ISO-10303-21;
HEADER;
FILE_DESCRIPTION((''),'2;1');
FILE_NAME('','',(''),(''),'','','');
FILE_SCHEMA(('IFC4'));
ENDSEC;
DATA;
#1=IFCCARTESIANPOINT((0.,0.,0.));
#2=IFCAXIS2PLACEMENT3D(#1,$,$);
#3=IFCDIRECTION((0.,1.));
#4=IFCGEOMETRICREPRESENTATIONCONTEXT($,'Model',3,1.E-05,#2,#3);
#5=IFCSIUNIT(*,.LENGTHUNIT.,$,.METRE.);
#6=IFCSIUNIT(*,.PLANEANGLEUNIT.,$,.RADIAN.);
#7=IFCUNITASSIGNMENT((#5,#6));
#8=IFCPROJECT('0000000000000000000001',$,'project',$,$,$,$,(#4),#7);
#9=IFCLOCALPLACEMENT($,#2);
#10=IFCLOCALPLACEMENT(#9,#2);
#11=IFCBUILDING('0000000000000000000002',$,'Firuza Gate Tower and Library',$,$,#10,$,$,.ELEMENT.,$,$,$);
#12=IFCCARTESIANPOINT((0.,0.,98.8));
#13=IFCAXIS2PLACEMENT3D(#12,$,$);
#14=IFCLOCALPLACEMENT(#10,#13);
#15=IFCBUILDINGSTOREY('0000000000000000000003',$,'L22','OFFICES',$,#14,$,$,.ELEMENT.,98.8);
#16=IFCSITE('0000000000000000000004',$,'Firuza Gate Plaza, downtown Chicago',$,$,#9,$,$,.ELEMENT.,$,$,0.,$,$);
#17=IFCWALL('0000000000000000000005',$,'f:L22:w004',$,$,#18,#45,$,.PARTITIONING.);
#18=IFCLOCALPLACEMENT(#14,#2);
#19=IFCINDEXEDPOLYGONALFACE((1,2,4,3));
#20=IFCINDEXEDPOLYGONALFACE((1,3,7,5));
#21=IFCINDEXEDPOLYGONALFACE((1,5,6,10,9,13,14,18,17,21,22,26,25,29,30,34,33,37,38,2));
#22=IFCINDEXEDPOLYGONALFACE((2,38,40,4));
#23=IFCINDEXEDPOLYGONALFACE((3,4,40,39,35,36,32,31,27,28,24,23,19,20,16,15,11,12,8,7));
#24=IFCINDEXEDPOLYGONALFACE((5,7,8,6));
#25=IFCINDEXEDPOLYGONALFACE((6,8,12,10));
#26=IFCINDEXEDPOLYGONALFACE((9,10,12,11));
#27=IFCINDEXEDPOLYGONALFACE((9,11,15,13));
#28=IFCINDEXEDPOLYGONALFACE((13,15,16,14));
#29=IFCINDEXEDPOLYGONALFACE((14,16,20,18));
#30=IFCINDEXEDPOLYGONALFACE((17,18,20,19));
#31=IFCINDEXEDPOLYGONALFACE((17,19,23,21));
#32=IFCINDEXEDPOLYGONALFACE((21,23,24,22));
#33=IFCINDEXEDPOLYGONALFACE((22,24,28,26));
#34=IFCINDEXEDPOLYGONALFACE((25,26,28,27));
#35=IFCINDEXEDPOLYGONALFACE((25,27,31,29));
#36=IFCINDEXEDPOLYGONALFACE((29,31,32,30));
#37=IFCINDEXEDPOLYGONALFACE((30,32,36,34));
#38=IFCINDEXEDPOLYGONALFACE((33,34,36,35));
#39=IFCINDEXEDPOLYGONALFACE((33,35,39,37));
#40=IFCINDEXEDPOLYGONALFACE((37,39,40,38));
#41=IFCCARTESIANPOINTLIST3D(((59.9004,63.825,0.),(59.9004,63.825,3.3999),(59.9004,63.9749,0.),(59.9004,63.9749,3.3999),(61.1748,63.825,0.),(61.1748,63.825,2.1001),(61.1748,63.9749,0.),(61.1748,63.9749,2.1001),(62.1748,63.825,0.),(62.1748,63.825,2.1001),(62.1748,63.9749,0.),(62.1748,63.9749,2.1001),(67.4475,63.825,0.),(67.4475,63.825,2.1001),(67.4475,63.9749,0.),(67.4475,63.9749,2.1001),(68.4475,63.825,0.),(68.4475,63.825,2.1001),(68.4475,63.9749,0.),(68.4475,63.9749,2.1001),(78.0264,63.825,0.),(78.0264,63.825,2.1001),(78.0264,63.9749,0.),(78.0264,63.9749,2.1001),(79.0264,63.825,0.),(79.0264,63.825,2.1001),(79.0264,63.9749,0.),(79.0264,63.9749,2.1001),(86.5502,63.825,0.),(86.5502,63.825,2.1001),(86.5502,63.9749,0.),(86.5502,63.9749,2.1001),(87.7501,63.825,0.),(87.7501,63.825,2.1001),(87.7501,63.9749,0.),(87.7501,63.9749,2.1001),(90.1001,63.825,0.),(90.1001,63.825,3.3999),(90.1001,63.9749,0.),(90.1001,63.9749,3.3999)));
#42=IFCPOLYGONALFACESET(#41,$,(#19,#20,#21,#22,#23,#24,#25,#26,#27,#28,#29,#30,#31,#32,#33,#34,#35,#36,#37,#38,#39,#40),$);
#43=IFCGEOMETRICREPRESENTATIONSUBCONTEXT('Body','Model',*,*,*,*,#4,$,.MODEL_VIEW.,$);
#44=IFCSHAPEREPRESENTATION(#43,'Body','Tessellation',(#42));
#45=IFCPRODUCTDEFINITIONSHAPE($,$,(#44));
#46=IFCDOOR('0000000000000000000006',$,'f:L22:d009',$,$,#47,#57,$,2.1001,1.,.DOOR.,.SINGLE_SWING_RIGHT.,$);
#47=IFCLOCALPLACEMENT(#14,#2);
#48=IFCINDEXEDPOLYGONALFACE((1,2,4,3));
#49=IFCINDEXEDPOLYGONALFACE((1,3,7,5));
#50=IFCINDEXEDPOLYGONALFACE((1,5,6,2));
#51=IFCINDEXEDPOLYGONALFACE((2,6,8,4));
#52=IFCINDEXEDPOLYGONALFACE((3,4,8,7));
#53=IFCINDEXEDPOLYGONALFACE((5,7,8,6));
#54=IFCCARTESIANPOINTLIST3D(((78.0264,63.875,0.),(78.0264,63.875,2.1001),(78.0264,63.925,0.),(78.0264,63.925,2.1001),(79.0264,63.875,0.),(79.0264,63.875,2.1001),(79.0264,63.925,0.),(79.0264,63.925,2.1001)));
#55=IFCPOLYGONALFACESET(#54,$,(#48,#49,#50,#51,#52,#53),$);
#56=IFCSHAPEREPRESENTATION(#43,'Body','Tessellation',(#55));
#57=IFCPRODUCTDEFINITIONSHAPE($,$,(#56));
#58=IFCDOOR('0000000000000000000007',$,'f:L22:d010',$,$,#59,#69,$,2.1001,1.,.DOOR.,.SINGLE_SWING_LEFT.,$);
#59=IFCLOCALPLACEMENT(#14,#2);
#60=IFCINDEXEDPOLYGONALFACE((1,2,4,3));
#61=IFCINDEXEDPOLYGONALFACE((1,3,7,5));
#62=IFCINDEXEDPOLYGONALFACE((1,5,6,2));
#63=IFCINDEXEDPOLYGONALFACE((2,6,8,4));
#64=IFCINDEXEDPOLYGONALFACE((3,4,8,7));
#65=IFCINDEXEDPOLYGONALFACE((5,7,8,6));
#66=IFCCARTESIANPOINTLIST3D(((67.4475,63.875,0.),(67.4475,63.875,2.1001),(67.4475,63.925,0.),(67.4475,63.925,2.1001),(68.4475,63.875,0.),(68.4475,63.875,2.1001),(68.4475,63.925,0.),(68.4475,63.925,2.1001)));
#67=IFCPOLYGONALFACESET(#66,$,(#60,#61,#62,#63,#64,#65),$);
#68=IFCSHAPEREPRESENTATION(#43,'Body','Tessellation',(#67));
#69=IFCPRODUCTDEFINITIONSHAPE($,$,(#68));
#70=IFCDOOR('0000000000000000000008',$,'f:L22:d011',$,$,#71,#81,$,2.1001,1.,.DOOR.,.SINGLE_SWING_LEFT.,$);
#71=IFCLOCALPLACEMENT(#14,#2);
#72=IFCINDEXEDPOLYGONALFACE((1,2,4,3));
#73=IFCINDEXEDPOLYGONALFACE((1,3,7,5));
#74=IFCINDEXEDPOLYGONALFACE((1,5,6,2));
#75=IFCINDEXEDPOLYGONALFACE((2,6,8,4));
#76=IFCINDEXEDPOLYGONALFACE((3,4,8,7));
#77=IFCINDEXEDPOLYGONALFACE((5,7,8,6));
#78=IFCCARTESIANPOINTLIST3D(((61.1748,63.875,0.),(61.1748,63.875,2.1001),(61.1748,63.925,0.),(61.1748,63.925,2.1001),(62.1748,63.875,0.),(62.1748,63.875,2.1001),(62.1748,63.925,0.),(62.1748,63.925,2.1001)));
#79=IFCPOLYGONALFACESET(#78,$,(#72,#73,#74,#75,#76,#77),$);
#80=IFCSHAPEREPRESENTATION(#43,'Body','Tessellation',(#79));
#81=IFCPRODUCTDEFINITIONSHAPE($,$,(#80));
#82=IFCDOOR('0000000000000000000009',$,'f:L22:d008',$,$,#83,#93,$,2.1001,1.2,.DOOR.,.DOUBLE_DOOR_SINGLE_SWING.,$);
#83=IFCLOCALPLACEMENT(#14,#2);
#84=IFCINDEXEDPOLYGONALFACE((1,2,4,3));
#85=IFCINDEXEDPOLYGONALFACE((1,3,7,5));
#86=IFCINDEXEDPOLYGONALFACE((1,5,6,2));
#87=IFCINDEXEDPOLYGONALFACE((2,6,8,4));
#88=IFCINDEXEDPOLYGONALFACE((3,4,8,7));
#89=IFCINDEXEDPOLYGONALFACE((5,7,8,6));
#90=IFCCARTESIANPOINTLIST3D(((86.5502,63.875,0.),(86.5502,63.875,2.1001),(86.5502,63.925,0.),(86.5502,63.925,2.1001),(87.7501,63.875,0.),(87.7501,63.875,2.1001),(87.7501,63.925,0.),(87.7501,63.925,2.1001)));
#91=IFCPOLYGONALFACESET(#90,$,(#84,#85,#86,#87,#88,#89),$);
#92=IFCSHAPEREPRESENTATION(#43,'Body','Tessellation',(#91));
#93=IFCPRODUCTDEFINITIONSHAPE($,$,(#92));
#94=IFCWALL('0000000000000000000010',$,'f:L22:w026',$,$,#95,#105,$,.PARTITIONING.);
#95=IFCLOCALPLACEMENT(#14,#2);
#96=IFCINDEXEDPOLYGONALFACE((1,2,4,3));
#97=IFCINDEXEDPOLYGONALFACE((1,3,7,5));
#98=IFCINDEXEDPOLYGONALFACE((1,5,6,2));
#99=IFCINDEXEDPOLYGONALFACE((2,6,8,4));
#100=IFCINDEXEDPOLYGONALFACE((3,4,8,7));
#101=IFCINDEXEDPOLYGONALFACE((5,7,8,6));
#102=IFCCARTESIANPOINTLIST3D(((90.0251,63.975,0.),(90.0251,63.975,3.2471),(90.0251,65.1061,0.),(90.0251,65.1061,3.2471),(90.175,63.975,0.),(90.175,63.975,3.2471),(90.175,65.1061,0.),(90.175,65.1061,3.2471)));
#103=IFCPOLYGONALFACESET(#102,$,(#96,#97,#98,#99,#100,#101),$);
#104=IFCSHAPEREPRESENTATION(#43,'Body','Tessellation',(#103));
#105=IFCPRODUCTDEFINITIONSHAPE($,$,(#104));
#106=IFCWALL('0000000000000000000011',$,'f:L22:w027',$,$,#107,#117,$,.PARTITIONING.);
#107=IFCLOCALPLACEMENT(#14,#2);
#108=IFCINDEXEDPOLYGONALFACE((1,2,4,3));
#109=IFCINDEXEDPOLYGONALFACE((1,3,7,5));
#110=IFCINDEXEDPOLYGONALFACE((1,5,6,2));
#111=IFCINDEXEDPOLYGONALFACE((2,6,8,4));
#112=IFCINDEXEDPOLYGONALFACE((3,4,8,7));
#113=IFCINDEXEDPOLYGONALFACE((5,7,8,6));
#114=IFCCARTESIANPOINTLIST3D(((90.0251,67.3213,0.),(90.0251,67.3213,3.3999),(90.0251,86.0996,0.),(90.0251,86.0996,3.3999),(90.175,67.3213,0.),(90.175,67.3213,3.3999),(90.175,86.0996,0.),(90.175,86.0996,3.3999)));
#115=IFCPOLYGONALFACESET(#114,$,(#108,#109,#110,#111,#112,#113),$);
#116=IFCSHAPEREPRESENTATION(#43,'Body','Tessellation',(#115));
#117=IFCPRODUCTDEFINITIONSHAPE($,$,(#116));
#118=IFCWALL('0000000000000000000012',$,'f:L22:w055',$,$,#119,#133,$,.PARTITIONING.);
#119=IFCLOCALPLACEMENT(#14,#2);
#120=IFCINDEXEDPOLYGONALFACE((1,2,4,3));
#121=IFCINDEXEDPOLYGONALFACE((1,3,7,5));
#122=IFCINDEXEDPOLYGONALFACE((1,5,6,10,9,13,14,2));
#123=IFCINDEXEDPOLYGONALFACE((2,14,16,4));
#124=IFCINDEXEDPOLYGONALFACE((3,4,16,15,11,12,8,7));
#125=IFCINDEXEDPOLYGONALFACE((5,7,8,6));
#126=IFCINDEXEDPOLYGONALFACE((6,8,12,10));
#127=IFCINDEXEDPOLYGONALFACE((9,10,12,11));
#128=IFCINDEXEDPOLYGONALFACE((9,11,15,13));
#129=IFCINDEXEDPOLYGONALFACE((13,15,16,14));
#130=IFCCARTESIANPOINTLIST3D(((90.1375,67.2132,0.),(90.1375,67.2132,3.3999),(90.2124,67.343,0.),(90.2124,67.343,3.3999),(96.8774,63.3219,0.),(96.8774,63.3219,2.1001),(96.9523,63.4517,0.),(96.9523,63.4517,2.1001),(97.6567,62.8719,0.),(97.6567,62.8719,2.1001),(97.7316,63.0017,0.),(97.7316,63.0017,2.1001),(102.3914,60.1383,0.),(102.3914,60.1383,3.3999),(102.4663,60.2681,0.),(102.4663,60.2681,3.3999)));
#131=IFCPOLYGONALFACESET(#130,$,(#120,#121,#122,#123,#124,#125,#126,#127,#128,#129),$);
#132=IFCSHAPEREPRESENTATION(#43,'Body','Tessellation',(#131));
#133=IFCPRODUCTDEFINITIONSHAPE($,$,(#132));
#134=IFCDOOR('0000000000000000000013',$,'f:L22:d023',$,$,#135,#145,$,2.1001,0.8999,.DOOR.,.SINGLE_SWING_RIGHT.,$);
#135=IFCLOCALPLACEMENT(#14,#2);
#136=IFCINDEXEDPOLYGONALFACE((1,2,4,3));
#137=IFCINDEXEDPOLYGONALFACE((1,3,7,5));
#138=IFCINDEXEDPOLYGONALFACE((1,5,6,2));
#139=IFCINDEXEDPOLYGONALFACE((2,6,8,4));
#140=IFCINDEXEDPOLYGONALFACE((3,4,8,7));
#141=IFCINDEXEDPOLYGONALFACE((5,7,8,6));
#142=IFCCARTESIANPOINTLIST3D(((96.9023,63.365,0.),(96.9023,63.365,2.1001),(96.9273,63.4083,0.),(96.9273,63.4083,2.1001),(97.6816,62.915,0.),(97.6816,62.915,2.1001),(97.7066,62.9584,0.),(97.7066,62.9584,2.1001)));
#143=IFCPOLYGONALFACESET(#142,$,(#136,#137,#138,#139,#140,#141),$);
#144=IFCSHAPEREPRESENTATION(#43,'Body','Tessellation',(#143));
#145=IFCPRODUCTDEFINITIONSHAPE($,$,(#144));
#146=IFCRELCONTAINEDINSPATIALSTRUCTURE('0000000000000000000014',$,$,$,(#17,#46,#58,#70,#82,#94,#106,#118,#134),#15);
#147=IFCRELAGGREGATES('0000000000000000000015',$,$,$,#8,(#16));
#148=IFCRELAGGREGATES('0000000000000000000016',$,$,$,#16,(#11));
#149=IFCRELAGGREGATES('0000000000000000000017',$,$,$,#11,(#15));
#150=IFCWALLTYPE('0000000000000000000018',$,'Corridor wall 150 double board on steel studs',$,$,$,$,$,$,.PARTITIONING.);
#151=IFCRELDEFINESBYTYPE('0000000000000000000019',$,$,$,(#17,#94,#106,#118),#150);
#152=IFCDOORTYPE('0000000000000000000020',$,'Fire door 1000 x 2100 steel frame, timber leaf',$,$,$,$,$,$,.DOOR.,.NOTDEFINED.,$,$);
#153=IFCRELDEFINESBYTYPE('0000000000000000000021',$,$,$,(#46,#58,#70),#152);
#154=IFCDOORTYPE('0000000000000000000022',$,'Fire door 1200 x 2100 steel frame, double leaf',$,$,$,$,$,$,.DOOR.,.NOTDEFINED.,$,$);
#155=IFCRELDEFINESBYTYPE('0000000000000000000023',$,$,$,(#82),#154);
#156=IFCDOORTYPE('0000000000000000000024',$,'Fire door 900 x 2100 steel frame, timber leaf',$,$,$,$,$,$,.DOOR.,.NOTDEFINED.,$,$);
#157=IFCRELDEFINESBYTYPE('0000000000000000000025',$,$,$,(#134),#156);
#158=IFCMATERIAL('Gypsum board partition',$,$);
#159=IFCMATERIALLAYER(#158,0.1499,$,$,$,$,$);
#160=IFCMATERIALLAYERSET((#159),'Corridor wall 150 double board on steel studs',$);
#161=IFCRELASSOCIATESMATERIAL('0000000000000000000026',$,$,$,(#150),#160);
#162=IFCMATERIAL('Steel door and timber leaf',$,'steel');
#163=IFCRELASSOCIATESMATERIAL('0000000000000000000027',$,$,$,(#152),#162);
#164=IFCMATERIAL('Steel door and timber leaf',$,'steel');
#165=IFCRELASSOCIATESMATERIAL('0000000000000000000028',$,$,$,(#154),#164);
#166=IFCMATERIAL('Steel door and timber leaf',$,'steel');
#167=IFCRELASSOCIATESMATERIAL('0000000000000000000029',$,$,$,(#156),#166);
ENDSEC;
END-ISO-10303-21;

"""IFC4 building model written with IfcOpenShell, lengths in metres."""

from ifc_helpers import new_model, si_unit, direction, frame, frame_2d, origin, place, context, subcontext, project, spatial, rectangle, extrude, material, layer, layer_set, type_object, element, fill, save


model = new_model("IFC4")

# Units and contexts
model_context = context("Model", 3, precision=1e-05, world=origin(), true_north=direction((0.0, 1.0)))
body_context = subcontext(model_context, "Body", "Model", "MODEL_VIEW")
ifc_project = project(units=[si_unit("LENGTHUNIT", "METRE"), si_unit("PLANEANGLEUNIT", "RADIAN")], contexts=[model_context])

# Site, building, storey
site_placement = place(None, origin())
site = spatial("IfcSite", under=ifc_project, at=site_placement, Name="Firuza Gate Plaza, downtown Chicago", CompositionType="ELEMENT", RefElevation=0.0)
building_placement = place(site_placement, origin())
building = spatial("IfcBuilding", under=site, at=building_placement, Name="Firuza Gate Tower and Library", CompositionType="ELEMENT")
storey_placement = place(building_placement, frame((0.0, 0.0, 98.8)))
storey = spatial("IfcBuildingStorey", under=building, at=storey_placement, Name="L22", Description="OFFICES", CompositionType="ELEMENT", Elevation=98.8)

# Wall, openings, doors
ifc_material_1 = material(Name="Gypsum board partition")
ifc_layer_1 = layer(ifc_material_1, 0.1499)
ifc_layer_set_1 = layer_set([ifc_layer_1], Name="Corridor wall 150 double board on steel studs")
wall_type_1 = type_object("IfcWallType", Name="Corridor wall 150 double board on steel studs", PredefinedType="PARTITIONING", material=ifc_layer_set_1)
wall_1_placement = place(storey_placement, frame((90.1001, 63.8999, 0.0), z_axis=(0.0, 0.0, 1.0), x_axis=(-1.0, 0.0, 0.0)))
wall_1 = element("IfcWall", 1, at=wall_1_placement, inside=storey, type_object=wall_type_1, Name="f:L22:w004", PredefinedType="PARTITIONING", context=body_context, shape_type="SweptSolid", body=[
    extrude(rectangle(XDim=30.1997, YDim=0.1499, at=frame_2d((15.0999, 0.0))), origin(), (0.0, 0.0, 1.0), 3.3999),
])
opening_1_placement = place(wall_1_placement, frame((2.3499, 0.0, 0.0)))
opening_1 = element("IfcOpeningElement", 2, at=opening_1_placement, cuts=wall_1, PredefinedType="OPENING", context=body_context, shape_type="SweptSolid", body=[
    extrude(rectangle(XDim=1.2, YDim=2.1001, at=frame_2d((0.6001, 1.05))), frame((0.0, 0.085, 0.0), z_axis=(0.0, -1.0, 0.0), x_axis=(1.0, 0.0, 0.0)), (0.0, 0.0, 1.0), 0.1699),
])
opening_2_placement = place(wall_1_placement, frame((11.0737, 0.0, 0.0)))
opening_2 = element("IfcOpeningElement", 3, at=opening_2_placement, cuts=wall_1, PredefinedType="OPENING", context=body_context, shape_type="SweptSolid", body=[
    extrude(rectangle(XDim=1.0, YDim=2.1001, at=frame_2d((0.5, 1.05))), frame((0.0, 0.085, 0.0), z_axis=(0.0, -1.0, 0.0), x_axis=(1.0, 0.0, 0.0)), (0.0, 0.0, 1.0), 0.1699),
])
opening_3_placement = place(wall_1_placement, frame((21.6526, 0.0, 0.0)))
opening_3 = element("IfcOpeningElement", 4, at=opening_3_placement, cuts=wall_1, PredefinedType="OPENING", context=body_context, shape_type="SweptSolid", body=[
    extrude(rectangle(XDim=1.0, YDim=2.1001, at=frame_2d((0.5, 1.05))), frame((0.0, 0.085, 0.0), z_axis=(0.0, -1.0, 0.0), x_axis=(1.0, 0.0, 0.0)), (0.0, 0.0, 1.0), 0.1699),
])
opening_4_placement = place(wall_1_placement, frame((27.9253, 0.0, 0.0)))
opening_4 = element("IfcOpeningElement", 5, at=opening_4_placement, cuts=wall_1, PredefinedType="OPENING", context=body_context, shape_type="SweptSolid", body=[
    extrude(rectangle(XDim=1.0, YDim=2.1001, at=frame_2d((0.5, 1.05))), frame((0.0, 0.085, 0.0), z_axis=(0.0, -1.0, 0.0), x_axis=(1.0, 0.0, 0.0)), (0.0, 0.0, 1.0), 0.1699),
])
ifc_material_2 = material(Name="Steel door and timber leaf", Category="steel")
door_type_1 = type_object("IfcDoorType", Name="Fire door 1000 x 2100 steel frame, timber leaf", OperationType="NOTDEFINED", PredefinedType="DOOR", material=ifc_material_2)
door_1_placement = place(opening_2_placement, origin())
door_1 = element("IfcDoor", 6, at=door_1_placement, inside=storey, type_object=door_type_1, Name="f:L22:d009", OperationType="SINGLE_SWING_RIGHT", OverallHeight=2.1001, OverallWidth=1.0, PredefinedType="DOOR", context=body_context, shape_type="SweptSolid", body=[
    extrude(rectangle(XDim=1.0, YDim=2.1001, at=frame_2d((0.5, 1.05))), frame((0.0, 0.0249, 0.0), z_axis=(0.0, -1.0, 0.0), x_axis=(1.0, 0.0, 0.0)), (0.0, 0.0, 1.0), 0.05),
])
fill(opening_2, door_1)
door_2_placement = place(opening_3_placement, origin())
door_2 = element("IfcDoor", 7, at=door_2_placement, inside=storey, type_object=door_type_1, Name="f:L22:d010", OperationType="SINGLE_SWING_LEFT", OverallHeight=2.1001, OverallWidth=1.0, PredefinedType="DOOR", context=body_context, shape_type="SweptSolid", body=[
    extrude(rectangle(XDim=1.0, YDim=2.1001, at=frame_2d((0.5, 1.05))), frame((0.0, 0.0249, 0.0), z_axis=(0.0, -1.0, 0.0), x_axis=(1.0, 0.0, 0.0)), (0.0, 0.0, 1.0), 0.05),
])
fill(opening_3, door_2)
door_3_placement = place(opening_4_placement, origin())
door_3 = element("IfcDoor", 8, at=door_3_placement, inside=storey, type_object=door_type_1, Name="f:L22:d011", OperationType="SINGLE_SWING_LEFT", OverallHeight=2.1001, OverallWidth=1.0, PredefinedType="DOOR", context=body_context, shape_type="SweptSolid", body=[
    extrude(rectangle(XDim=1.0, YDim=2.1001, at=frame_2d((0.5, 1.05))), frame((0.0, 0.0249, 0.0), z_axis=(0.0, -1.0, 0.0), x_axis=(1.0, 0.0, 0.0)), (0.0, 0.0, 1.0), 0.05),
])
fill(opening_4, door_3)
ifc_material_3 = material(Name="Steel door and timber leaf", Category="steel")
door_type_2 = type_object("IfcDoorType", Name="Fire door 1200 x 2100 steel frame, double leaf", OperationType="NOTDEFINED", PredefinedType="DOOR", material=ifc_material_3)
door_4_placement = place(opening_1_placement, origin())
door_4 = element("IfcDoor", 9, at=door_4_placement, inside=storey, type_object=door_type_2, Name="f:L22:d008", OperationType="DOUBLE_DOOR_SINGLE_SWING", OverallHeight=2.1001, OverallWidth=1.2, PredefinedType="DOOR", context=body_context, shape_type="SweptSolid", body=[
    extrude(rectangle(XDim=1.2, YDim=2.1001, at=frame_2d((0.6001, 1.05))), frame((0.0, 0.0249, 0.0), z_axis=(0.0, -1.0, 0.0), x_axis=(1.0, 0.0, 0.0)), (0.0, 0.0, 1.0), 0.05),
])
fill(opening_1, door_4)

# Walls
wall_2_placement = place(storey_placement, frame((90.1001, 63.9751, 0.0), z_axis=(0.0, 0.0, 1.0), x_axis=(0.0, 1.0, 0.0)))
element("IfcWall", 10, at=wall_2_placement, inside=storey, type_object=wall_type_1, Name="f:L22:w026", PredefinedType="PARTITIONING", context=body_context, shape_type="SweptSolid", body=[
    extrude(rectangle(XDim=1.1311, YDim=0.1499, at=frame_2d((0.5654, 0.0))), origin(), (0.0, 0.0, 1.0), 3.2471),
])
wall_3_placement = place(storey_placement, frame((90.1001, 67.3213, 0.0), z_axis=(0.0, 0.0, 1.0), x_axis=(0.0, 1.0, 0.0)))
element("IfcWall", 11, at=wall_3_placement, inside=storey, type_object=wall_type_1, Name="f:L22:w027", PredefinedType="PARTITIONING", context=body_context, shape_type="SweptSolid", body=[
    extrude(rectangle(XDim=18.7783, YDim=0.1499, at=frame_2d((9.3892, 0.0))), origin(), (0.0, 0.0, 1.0), 3.3999),
])

# Wall, opening, door
wall_4_placement = place(storey_placement, frame((90.175, 67.2781, 0.0), z_axis=(0.0, 0.0, 1.0), x_axis=(0.866021, -0.500008, 0.0)))
wall_4 = element("IfcWall", 12, at=wall_4_placement, inside=storey, type_object=wall_type_1, Name="f:L22:w055", PredefinedType="PARTITIONING", context=body_context, shape_type="SweptSolid", body=[
    extrude(rectangle(XDim=14.1497, YDim=0.1499, at=frame_2d((7.0747, 0.0))), origin(), (0.0, 0.0, 1.0), 3.3999),
])
opening_5_placement = place(wall_4_placement, frame((7.7825, 0.0, 0.0)))
opening_5 = element("IfcOpeningElement", 13, at=opening_5_placement, cuts=wall_4, PredefinedType="OPENING", context=body_context, shape_type="SweptSolid", body=[
    extrude(rectangle(XDim=0.8999, YDim=2.1001, at=frame_2d((0.45, 1.05))), frame((0.0, 0.085, 0.0), z_axis=(0.0, -1.0, 0.0), x_axis=(1.0, 0.0, 0.0)), (0.0, 0.0, 1.0), 0.1699),
])
ifc_material_4 = material(Name="Steel door and timber leaf", Category="steel")
door_type_3 = type_object("IfcDoorType", Name="Fire door 900 x 2100 steel frame, timber leaf", OperationType="NOTDEFINED", PredefinedType="DOOR", material=ifc_material_4)
door_5_placement = place(opening_5_placement, origin())
door_5 = element("IfcDoor", 14, at=door_5_placement, inside=storey, type_object=door_type_3, Name="f:L22:d023", OperationType="SINGLE_SWING_RIGHT", OverallHeight=2.1001, OverallWidth=0.8999, PredefinedType="DOOR", context=body_context, shape_type="SweptSolid", body=[
    extrude(rectangle(XDim=0.8999, YDim=2.1001, at=frame_2d((0.45, 1.05))), frame((0.0, 0.0249, 0.0), z_axis=(0.0, -1.0, 0.0), x_axis=(1.0, 0.0, 0.0)), (0.0, 0.0, 1.0), 0.05),
])
fill(opening_5, door_5)

save(model, "model.ifc")
